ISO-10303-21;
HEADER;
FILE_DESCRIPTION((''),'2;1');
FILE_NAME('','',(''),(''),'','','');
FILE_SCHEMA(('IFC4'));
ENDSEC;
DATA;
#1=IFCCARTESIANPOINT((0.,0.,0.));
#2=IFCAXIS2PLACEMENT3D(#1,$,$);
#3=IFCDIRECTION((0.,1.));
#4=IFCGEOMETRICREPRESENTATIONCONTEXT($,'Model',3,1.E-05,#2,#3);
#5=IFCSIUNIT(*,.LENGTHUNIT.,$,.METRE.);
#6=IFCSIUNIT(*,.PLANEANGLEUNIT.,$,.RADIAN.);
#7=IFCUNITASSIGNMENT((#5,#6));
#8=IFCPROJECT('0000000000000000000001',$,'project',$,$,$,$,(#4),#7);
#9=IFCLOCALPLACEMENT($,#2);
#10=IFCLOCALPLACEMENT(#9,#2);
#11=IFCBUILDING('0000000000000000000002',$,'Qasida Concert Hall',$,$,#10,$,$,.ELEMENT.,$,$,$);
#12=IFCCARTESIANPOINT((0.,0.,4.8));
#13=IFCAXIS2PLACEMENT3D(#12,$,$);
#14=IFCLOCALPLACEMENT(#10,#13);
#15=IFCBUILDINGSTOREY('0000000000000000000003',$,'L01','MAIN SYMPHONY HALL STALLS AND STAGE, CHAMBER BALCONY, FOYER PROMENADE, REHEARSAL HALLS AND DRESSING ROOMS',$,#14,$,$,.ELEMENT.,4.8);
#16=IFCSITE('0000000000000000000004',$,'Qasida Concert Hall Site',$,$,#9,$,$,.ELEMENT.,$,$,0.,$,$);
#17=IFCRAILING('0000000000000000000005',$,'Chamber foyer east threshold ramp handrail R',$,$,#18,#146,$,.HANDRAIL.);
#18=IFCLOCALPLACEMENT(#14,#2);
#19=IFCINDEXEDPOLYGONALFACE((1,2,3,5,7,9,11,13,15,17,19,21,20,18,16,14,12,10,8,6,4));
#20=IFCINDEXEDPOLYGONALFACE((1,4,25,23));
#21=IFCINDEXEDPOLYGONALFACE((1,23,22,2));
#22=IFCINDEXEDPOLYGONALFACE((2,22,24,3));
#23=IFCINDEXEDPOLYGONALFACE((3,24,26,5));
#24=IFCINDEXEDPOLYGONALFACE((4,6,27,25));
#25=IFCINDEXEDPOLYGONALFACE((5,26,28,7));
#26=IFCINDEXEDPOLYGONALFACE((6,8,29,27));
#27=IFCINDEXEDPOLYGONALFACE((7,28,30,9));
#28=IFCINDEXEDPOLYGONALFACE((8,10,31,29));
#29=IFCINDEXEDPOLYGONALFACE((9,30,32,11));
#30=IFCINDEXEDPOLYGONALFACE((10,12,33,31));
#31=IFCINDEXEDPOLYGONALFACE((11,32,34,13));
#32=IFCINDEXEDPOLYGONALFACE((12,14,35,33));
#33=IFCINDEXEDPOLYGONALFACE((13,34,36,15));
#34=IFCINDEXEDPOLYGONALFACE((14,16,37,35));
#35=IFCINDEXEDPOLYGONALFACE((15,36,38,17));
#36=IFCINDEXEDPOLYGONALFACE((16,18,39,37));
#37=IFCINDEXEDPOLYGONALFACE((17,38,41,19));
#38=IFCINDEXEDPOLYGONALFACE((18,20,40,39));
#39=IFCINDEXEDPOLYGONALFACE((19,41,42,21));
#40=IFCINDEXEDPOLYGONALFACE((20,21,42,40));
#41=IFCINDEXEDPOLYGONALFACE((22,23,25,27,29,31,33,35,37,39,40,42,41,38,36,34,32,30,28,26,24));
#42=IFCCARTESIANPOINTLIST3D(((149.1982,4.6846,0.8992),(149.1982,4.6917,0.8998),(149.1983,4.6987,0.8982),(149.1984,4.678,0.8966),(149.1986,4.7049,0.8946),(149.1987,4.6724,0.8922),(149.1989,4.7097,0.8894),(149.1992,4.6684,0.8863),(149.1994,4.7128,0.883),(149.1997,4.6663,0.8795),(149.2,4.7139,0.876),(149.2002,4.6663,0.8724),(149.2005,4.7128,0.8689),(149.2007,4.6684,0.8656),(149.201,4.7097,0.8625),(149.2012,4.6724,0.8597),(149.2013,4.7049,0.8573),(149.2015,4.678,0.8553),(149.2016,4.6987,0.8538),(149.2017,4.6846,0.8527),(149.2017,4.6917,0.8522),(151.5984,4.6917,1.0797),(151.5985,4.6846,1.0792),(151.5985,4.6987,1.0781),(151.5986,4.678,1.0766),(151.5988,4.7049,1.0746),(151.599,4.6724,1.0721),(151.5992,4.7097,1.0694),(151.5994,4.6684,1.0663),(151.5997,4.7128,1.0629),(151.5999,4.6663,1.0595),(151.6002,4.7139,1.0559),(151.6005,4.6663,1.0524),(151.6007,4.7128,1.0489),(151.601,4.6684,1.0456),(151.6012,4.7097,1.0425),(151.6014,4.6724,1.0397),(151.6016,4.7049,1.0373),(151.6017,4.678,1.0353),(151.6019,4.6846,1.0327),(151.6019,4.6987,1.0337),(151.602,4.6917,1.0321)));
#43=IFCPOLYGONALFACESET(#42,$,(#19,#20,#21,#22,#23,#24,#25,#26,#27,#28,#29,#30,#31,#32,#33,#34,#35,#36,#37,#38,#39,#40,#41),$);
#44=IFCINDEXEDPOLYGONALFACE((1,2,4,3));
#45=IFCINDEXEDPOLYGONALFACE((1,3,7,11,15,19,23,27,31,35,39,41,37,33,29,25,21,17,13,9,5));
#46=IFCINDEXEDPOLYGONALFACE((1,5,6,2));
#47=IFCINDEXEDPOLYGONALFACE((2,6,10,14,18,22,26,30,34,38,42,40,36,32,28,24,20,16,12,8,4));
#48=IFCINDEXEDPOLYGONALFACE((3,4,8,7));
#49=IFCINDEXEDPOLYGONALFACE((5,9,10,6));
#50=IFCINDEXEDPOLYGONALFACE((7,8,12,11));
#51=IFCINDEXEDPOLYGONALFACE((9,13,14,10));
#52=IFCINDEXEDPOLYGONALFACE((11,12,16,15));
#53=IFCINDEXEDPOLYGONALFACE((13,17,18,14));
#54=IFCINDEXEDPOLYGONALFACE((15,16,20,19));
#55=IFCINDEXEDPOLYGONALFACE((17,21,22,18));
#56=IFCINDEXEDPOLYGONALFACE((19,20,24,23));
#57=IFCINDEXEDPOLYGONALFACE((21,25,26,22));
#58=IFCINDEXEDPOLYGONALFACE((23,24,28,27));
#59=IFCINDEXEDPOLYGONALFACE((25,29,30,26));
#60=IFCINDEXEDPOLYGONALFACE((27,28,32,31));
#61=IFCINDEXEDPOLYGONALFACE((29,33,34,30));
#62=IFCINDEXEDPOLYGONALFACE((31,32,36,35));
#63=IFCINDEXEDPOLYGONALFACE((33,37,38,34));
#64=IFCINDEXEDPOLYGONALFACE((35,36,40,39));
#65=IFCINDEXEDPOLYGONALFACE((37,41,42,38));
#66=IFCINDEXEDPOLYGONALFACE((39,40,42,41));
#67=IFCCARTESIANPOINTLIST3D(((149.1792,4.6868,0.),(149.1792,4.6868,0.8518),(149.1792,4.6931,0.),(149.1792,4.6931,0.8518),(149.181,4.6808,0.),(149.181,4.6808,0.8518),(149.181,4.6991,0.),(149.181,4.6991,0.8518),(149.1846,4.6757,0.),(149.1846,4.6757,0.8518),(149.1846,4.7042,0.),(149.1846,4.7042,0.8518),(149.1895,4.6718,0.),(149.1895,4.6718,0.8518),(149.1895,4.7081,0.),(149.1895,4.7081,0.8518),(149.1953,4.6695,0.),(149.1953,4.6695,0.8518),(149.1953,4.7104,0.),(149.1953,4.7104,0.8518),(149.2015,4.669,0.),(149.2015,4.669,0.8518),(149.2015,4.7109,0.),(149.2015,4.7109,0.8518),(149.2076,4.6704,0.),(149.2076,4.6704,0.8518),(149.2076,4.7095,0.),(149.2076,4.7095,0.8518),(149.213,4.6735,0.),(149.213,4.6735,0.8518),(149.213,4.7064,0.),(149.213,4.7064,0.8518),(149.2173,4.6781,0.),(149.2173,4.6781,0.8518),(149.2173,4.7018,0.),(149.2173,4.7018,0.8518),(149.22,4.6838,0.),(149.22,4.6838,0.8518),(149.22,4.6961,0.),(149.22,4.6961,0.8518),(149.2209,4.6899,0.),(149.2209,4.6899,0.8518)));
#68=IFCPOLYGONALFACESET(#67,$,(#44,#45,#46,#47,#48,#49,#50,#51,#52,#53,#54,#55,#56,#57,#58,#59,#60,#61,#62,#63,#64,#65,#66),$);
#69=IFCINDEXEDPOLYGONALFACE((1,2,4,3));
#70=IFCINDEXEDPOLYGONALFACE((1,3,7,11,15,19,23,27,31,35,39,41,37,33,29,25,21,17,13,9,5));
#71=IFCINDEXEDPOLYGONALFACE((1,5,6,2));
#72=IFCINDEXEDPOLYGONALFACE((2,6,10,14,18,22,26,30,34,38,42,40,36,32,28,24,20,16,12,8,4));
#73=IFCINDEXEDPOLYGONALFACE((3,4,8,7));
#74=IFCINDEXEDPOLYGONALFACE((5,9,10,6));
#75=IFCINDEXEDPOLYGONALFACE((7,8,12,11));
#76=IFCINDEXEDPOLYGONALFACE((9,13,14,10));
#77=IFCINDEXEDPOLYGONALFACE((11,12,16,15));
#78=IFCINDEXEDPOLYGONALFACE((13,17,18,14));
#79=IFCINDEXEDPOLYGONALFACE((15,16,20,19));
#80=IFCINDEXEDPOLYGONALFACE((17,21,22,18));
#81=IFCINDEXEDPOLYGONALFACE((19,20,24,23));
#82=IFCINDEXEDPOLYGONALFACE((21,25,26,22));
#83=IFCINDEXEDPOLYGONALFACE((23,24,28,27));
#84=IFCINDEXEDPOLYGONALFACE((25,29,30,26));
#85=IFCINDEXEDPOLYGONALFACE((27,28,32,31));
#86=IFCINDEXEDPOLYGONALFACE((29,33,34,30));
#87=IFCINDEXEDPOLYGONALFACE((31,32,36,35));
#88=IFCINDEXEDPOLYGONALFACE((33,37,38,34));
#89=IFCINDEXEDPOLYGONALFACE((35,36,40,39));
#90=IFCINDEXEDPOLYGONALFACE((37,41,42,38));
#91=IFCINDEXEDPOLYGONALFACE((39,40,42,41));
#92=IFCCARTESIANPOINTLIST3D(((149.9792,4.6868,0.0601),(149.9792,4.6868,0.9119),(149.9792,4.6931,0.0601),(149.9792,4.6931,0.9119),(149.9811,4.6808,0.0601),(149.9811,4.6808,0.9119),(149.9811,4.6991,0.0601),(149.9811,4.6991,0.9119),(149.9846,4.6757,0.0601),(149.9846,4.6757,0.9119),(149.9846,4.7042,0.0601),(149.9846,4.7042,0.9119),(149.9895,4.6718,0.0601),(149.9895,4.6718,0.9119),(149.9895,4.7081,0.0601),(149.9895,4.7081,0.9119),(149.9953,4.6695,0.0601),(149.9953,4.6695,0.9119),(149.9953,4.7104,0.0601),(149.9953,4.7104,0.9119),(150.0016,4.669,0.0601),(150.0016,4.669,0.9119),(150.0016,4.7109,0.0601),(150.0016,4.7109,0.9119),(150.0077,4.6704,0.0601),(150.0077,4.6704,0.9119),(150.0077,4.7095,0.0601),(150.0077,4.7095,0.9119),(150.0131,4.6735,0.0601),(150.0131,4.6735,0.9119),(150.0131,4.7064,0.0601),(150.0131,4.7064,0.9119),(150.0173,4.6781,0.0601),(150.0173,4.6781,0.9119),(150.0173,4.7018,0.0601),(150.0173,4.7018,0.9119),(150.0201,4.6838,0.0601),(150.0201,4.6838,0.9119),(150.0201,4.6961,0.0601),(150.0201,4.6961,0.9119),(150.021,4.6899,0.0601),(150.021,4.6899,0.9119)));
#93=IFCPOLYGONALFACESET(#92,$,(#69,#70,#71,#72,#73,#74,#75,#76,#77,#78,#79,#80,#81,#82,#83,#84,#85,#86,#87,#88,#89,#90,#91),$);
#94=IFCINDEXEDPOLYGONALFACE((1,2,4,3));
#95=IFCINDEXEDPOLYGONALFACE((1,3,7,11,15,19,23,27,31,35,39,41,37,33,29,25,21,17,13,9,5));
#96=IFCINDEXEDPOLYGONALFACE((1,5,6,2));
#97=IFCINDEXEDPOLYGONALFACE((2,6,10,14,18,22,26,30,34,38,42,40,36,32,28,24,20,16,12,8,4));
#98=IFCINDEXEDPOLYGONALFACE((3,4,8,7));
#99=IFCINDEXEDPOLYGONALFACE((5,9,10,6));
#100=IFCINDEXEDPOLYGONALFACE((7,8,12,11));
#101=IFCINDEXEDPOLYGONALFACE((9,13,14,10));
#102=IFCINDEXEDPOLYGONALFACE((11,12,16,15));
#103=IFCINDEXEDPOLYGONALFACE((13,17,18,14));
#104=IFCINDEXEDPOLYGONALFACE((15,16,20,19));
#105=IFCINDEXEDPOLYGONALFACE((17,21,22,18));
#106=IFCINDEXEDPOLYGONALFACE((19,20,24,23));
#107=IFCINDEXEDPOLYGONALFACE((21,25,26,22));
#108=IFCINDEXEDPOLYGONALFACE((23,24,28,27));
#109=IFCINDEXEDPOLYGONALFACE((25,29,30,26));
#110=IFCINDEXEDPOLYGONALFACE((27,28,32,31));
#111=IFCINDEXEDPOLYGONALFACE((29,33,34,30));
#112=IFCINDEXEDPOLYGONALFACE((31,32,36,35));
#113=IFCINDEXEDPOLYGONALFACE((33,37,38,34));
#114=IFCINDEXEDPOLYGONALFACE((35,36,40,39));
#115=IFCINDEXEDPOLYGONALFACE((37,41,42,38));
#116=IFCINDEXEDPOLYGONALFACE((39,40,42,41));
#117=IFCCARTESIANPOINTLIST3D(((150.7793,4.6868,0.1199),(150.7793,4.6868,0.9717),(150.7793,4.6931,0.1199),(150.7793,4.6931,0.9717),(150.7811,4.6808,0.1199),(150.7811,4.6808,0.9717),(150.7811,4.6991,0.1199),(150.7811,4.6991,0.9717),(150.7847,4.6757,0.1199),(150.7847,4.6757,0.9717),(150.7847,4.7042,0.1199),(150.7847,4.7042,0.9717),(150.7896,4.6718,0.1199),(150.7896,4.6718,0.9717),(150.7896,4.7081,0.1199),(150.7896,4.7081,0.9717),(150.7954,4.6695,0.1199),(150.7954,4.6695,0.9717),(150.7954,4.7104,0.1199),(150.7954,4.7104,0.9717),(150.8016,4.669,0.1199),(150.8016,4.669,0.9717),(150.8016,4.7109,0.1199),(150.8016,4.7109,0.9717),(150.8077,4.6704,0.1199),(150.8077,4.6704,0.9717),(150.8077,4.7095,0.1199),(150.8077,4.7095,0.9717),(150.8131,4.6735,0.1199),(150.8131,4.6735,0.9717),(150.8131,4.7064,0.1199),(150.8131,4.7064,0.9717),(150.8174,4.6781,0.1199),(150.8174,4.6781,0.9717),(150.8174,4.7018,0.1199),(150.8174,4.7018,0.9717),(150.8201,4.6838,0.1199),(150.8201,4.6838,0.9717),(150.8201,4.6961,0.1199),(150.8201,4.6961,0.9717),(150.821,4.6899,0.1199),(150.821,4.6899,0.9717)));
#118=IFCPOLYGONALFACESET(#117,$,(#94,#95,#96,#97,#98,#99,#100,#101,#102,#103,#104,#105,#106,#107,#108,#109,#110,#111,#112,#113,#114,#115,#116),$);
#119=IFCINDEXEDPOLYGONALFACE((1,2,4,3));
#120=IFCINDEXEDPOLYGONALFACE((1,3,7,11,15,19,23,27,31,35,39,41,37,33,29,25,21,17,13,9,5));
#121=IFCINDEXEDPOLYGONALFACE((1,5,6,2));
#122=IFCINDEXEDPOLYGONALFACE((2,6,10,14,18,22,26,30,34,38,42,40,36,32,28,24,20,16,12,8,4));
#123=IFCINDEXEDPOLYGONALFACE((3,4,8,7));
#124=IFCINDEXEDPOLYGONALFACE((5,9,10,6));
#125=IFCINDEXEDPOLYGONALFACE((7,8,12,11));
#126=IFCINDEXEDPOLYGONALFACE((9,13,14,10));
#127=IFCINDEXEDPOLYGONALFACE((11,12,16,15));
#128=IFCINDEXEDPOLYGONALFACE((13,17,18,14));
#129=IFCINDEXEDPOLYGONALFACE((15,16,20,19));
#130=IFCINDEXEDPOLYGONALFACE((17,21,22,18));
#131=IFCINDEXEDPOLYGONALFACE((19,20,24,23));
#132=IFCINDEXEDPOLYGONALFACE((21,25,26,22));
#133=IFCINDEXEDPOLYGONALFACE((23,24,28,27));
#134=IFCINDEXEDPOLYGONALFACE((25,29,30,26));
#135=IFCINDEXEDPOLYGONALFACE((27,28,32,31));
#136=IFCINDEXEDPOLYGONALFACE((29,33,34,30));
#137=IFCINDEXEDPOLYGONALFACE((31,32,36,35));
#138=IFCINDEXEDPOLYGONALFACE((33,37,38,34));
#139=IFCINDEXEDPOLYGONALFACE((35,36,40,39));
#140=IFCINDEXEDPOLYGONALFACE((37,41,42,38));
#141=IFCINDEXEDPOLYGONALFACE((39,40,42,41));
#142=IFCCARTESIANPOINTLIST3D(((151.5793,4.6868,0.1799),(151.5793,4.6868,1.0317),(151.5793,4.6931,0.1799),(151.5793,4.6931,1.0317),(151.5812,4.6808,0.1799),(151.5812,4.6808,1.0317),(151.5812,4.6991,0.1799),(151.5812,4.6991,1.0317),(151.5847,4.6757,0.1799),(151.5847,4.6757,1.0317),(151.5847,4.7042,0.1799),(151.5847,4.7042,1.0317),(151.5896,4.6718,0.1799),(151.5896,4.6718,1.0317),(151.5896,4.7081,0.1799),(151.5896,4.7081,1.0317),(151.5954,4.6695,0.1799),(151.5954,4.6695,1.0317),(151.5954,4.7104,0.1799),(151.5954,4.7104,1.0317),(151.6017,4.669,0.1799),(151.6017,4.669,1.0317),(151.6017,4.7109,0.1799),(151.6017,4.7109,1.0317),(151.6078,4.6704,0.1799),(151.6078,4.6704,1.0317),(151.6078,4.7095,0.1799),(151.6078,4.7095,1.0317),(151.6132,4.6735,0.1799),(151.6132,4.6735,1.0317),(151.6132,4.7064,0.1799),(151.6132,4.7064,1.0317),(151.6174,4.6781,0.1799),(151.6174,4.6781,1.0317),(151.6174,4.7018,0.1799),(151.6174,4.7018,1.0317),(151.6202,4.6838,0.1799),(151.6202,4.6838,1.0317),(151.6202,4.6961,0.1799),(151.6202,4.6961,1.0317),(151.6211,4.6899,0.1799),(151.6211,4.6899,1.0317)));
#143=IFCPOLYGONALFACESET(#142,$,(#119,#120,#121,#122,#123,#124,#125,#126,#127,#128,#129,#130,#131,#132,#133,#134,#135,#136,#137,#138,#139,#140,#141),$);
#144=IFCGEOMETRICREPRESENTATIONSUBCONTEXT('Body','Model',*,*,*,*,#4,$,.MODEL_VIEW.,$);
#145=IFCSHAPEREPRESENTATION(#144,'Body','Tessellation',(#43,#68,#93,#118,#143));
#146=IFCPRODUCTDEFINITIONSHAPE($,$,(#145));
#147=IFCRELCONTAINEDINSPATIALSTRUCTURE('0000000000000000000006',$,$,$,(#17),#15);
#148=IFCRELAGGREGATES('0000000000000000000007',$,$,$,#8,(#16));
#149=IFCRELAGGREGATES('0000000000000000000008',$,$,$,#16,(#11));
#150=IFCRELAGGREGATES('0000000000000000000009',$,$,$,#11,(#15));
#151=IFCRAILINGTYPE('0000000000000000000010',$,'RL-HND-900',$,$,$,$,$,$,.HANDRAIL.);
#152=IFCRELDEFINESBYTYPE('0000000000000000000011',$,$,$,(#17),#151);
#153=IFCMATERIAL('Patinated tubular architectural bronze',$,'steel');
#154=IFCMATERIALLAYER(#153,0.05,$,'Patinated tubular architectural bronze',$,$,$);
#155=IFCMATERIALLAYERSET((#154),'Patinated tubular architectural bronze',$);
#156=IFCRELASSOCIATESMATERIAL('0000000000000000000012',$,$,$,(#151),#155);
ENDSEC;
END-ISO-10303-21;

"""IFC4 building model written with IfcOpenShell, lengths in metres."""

from ifc_helpers import new_model, si_unit, direction, frame, origin, origin_2d, place, context, subcontext, project, spatial, circle, extrude, material, layer, layer_set, type_object, element, save


model = new_model("IFC4")

# Units and contexts
model_context = context("Model", 3, precision=1e-05, world=origin(), true_north=direction((0.0, 1.0)))
body_context = subcontext(model_context, "Body", "Model", "MODEL_VIEW")
ifc_project = project(units=[si_unit("LENGTHUNIT", "METRE"), si_unit("PLANEANGLEUNIT", "RADIAN")], contexts=[model_context])

# Site, building, storey
site_placement = place(None, origin())
site = spatial("IfcSite", under=ifc_project, at=site_placement, Name="Qasida Concert Hall Site", CompositionType="ELEMENT", RefElevation=0.0)
building_placement = place(site_placement, origin())
building = spatial("IfcBuilding", under=site, at=building_placement, Name="Qasida Concert Hall", CompositionType="ELEMENT")
storey_placement = place(building_placement, frame((0.0, 0.0, 4.8)))
storey = spatial("IfcBuildingStorey", under=building, at=storey_placement, Name="L01", Description="MAIN SYMPHONY HALL STALLS AND STAGE, CHAMBER BALCONY, FOYER PROMENADE, REHEARSAL HALLS AND DRESSING ROOMS", CompositionType="ELEMENT", Elevation=4.8)

# Railing
ifc_material_1 = material(Name="Patinated tubular architectural bronze", Category="steel")
ifc_layer_1 = layer(ifc_material_1, 0.05, Name="Patinated tubular architectural bronze")
ifc_layer_set_1 = layer_set([ifc_layer_1], Name="Patinated tubular architectural bronze")
railing_type = type_object("IfcRailingType", Name="RL-HND-900", PredefinedType="HANDRAIL", material=ifc_layer_set_1)
for number, where, name in (
    (1, (149.2, 4.6899, 0.0), "Chamber foyer east threshold ramp handrail R"),
):
    element("IfcRailing", number, at=place(storey_placement, frame(where)), inside=storey, type_object=railing_type, Name=name, PredefinedType="HANDRAIL", context=body_context, shape_type="SweptSolid", body=[
        extrude(circle(Radius=0.0239, at=origin_2d()), frame((0.0, 0.0, 0.876), z_axis=(0.997202, 0.0, 0.074757), x_axis=(0.0, 1.0, 0.0)), (0.0, 0.0, 1.0), 2.407),
        extrude(circle(Radius=0.021, at=origin_2d()), origin(), (0.0, 0.0, 1.0), 0.8518),
        extrude(circle(Radius=0.021, at=origin_2d()), frame((0.8, 0.0, 0.0601)), (0.0, 0.0, 1.0), 0.8518),
        extrude(circle(Radius=0.021, at=origin_2d()), frame((1.6001, 0.0, 0.1199)), (0.0, 0.0, 1.0), 0.8518),
        extrude(circle(Radius=0.021, at=origin_2d()), frame((2.4001, 0.0, 0.1799)), (0.0, 0.0, 1.0), 0.8518),
    ])

save(model, "model.ifc")
